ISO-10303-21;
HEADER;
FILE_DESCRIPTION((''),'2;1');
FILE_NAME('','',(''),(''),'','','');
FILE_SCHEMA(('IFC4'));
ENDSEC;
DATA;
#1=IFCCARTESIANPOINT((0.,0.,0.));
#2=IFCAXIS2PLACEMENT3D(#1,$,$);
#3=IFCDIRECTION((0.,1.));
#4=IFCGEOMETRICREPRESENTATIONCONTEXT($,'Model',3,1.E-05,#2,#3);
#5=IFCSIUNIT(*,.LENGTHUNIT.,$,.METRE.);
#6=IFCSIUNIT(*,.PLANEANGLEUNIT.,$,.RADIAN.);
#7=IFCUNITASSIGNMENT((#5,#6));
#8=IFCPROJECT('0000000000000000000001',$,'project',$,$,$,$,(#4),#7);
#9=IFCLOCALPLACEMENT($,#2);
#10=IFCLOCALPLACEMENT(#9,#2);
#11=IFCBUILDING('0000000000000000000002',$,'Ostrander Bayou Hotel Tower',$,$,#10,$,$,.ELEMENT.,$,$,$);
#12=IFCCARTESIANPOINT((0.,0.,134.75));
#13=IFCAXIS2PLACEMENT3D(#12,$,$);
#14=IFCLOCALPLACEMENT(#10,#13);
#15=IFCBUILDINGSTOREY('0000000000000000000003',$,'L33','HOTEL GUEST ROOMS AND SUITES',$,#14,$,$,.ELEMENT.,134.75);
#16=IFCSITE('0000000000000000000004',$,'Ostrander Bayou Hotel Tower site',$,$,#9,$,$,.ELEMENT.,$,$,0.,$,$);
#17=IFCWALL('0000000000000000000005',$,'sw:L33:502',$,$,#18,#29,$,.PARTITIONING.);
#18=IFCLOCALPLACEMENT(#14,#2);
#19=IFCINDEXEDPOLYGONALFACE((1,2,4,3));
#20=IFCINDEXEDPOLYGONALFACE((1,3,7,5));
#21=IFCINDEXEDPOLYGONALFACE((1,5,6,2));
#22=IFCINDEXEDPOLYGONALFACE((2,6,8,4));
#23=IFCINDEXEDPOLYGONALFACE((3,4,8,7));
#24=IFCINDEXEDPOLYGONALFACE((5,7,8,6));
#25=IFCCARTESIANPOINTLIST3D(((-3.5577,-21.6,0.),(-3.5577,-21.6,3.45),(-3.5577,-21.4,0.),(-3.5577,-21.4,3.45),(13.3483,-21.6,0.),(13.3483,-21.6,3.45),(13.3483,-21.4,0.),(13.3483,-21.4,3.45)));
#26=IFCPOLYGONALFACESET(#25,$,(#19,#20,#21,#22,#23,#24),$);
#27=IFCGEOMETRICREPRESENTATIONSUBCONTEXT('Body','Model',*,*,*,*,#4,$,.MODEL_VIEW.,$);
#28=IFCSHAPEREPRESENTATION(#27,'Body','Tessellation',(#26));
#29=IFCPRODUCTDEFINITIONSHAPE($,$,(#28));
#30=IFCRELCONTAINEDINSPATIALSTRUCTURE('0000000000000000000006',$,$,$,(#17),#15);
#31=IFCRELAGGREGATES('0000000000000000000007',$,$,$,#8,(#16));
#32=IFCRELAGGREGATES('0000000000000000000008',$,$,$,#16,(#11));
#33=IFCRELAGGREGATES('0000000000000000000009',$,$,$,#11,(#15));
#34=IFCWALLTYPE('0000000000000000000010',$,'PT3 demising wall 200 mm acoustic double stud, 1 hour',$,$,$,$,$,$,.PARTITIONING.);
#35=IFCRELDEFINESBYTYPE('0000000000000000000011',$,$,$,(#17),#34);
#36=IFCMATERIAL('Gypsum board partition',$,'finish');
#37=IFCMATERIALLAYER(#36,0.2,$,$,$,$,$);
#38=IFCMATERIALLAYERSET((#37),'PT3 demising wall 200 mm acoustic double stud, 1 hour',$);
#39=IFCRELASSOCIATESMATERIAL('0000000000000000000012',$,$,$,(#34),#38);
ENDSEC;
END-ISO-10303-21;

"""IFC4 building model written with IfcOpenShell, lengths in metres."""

from ifc_helpers import new_model, si_unit, direction, frame, frame_2d, origin, place, context, subcontext, project, spatial, rectangle, extrude, material, layer, layer_set, type_object, element, save


model = new_model("IFC4")

# Units and contexts
model_context = context("Model", 3, precision=1e-05, world=origin(), true_north=direction((0.0, 1.0)))
body_context = subcontext(model_context, "Body", "Model", "MODEL_VIEW")
ifc_project = project(units=[si_unit("LENGTHUNIT", "METRE"), si_unit("PLANEANGLEUNIT", "RADIAN")], contexts=[model_context])

# Site, building, storey
site_placement = place(None, origin())
site = spatial("IfcSite", under=ifc_project, at=site_placement, Name="Ostrander Bayou Hotel Tower site", CompositionType="ELEMENT", RefElevation=0.0)
building_placement = place(site_placement, origin())
building = spatial("IfcBuilding", under=site, at=building_placement, Name="Ostrander Bayou Hotel Tower", CompositionType="ELEMENT")
storey_placement = place(building_placement, frame((0.0, 0.0, 134.75)))
storey = spatial("IfcBuildingStorey", under=building, at=storey_placement, Name="L33", Description="HOTEL GUEST ROOMS AND SUITES", CompositionType="ELEMENT", Elevation=134.75)

# Wall
ifc_material_1 = material(Name="Gypsum board partition", Category="finish")
ifc_layer_1 = layer(ifc_material_1, 0.2)
ifc_layer_set_1 = layer_set([ifc_layer_1], Name="PT3 demising wall 200 mm acoustic double stud, 1 hour")
wall_type = type_object("IfcWallType", Name="PT3 demising wall 200 mm acoustic double stud, 1 hour", PredefinedType="PARTITIONING", material=ifc_layer_set_1)
wall_1_placement = place(storey_placement, frame((-3.5579, -21.5, 0.0), z_axis=(0.0, 0.0, 1.0), x_axis=(1.0, 0.0, 0.0)))
element("IfcWall", 1, at=wall_1_placement, inside=storey, type_object=wall_type, Name="sw:L33:502", PredefinedType="PARTITIONING", context=body_context, shape_type="SweptSolid", body=[
    extrude(rectangle(XDim=16.906, YDim=0.2, at=frame_2d((8.4531, 0.0))), origin(), (0.0, 0.0, 1.0), 3.45),
])

save(model, "model.ifc")
